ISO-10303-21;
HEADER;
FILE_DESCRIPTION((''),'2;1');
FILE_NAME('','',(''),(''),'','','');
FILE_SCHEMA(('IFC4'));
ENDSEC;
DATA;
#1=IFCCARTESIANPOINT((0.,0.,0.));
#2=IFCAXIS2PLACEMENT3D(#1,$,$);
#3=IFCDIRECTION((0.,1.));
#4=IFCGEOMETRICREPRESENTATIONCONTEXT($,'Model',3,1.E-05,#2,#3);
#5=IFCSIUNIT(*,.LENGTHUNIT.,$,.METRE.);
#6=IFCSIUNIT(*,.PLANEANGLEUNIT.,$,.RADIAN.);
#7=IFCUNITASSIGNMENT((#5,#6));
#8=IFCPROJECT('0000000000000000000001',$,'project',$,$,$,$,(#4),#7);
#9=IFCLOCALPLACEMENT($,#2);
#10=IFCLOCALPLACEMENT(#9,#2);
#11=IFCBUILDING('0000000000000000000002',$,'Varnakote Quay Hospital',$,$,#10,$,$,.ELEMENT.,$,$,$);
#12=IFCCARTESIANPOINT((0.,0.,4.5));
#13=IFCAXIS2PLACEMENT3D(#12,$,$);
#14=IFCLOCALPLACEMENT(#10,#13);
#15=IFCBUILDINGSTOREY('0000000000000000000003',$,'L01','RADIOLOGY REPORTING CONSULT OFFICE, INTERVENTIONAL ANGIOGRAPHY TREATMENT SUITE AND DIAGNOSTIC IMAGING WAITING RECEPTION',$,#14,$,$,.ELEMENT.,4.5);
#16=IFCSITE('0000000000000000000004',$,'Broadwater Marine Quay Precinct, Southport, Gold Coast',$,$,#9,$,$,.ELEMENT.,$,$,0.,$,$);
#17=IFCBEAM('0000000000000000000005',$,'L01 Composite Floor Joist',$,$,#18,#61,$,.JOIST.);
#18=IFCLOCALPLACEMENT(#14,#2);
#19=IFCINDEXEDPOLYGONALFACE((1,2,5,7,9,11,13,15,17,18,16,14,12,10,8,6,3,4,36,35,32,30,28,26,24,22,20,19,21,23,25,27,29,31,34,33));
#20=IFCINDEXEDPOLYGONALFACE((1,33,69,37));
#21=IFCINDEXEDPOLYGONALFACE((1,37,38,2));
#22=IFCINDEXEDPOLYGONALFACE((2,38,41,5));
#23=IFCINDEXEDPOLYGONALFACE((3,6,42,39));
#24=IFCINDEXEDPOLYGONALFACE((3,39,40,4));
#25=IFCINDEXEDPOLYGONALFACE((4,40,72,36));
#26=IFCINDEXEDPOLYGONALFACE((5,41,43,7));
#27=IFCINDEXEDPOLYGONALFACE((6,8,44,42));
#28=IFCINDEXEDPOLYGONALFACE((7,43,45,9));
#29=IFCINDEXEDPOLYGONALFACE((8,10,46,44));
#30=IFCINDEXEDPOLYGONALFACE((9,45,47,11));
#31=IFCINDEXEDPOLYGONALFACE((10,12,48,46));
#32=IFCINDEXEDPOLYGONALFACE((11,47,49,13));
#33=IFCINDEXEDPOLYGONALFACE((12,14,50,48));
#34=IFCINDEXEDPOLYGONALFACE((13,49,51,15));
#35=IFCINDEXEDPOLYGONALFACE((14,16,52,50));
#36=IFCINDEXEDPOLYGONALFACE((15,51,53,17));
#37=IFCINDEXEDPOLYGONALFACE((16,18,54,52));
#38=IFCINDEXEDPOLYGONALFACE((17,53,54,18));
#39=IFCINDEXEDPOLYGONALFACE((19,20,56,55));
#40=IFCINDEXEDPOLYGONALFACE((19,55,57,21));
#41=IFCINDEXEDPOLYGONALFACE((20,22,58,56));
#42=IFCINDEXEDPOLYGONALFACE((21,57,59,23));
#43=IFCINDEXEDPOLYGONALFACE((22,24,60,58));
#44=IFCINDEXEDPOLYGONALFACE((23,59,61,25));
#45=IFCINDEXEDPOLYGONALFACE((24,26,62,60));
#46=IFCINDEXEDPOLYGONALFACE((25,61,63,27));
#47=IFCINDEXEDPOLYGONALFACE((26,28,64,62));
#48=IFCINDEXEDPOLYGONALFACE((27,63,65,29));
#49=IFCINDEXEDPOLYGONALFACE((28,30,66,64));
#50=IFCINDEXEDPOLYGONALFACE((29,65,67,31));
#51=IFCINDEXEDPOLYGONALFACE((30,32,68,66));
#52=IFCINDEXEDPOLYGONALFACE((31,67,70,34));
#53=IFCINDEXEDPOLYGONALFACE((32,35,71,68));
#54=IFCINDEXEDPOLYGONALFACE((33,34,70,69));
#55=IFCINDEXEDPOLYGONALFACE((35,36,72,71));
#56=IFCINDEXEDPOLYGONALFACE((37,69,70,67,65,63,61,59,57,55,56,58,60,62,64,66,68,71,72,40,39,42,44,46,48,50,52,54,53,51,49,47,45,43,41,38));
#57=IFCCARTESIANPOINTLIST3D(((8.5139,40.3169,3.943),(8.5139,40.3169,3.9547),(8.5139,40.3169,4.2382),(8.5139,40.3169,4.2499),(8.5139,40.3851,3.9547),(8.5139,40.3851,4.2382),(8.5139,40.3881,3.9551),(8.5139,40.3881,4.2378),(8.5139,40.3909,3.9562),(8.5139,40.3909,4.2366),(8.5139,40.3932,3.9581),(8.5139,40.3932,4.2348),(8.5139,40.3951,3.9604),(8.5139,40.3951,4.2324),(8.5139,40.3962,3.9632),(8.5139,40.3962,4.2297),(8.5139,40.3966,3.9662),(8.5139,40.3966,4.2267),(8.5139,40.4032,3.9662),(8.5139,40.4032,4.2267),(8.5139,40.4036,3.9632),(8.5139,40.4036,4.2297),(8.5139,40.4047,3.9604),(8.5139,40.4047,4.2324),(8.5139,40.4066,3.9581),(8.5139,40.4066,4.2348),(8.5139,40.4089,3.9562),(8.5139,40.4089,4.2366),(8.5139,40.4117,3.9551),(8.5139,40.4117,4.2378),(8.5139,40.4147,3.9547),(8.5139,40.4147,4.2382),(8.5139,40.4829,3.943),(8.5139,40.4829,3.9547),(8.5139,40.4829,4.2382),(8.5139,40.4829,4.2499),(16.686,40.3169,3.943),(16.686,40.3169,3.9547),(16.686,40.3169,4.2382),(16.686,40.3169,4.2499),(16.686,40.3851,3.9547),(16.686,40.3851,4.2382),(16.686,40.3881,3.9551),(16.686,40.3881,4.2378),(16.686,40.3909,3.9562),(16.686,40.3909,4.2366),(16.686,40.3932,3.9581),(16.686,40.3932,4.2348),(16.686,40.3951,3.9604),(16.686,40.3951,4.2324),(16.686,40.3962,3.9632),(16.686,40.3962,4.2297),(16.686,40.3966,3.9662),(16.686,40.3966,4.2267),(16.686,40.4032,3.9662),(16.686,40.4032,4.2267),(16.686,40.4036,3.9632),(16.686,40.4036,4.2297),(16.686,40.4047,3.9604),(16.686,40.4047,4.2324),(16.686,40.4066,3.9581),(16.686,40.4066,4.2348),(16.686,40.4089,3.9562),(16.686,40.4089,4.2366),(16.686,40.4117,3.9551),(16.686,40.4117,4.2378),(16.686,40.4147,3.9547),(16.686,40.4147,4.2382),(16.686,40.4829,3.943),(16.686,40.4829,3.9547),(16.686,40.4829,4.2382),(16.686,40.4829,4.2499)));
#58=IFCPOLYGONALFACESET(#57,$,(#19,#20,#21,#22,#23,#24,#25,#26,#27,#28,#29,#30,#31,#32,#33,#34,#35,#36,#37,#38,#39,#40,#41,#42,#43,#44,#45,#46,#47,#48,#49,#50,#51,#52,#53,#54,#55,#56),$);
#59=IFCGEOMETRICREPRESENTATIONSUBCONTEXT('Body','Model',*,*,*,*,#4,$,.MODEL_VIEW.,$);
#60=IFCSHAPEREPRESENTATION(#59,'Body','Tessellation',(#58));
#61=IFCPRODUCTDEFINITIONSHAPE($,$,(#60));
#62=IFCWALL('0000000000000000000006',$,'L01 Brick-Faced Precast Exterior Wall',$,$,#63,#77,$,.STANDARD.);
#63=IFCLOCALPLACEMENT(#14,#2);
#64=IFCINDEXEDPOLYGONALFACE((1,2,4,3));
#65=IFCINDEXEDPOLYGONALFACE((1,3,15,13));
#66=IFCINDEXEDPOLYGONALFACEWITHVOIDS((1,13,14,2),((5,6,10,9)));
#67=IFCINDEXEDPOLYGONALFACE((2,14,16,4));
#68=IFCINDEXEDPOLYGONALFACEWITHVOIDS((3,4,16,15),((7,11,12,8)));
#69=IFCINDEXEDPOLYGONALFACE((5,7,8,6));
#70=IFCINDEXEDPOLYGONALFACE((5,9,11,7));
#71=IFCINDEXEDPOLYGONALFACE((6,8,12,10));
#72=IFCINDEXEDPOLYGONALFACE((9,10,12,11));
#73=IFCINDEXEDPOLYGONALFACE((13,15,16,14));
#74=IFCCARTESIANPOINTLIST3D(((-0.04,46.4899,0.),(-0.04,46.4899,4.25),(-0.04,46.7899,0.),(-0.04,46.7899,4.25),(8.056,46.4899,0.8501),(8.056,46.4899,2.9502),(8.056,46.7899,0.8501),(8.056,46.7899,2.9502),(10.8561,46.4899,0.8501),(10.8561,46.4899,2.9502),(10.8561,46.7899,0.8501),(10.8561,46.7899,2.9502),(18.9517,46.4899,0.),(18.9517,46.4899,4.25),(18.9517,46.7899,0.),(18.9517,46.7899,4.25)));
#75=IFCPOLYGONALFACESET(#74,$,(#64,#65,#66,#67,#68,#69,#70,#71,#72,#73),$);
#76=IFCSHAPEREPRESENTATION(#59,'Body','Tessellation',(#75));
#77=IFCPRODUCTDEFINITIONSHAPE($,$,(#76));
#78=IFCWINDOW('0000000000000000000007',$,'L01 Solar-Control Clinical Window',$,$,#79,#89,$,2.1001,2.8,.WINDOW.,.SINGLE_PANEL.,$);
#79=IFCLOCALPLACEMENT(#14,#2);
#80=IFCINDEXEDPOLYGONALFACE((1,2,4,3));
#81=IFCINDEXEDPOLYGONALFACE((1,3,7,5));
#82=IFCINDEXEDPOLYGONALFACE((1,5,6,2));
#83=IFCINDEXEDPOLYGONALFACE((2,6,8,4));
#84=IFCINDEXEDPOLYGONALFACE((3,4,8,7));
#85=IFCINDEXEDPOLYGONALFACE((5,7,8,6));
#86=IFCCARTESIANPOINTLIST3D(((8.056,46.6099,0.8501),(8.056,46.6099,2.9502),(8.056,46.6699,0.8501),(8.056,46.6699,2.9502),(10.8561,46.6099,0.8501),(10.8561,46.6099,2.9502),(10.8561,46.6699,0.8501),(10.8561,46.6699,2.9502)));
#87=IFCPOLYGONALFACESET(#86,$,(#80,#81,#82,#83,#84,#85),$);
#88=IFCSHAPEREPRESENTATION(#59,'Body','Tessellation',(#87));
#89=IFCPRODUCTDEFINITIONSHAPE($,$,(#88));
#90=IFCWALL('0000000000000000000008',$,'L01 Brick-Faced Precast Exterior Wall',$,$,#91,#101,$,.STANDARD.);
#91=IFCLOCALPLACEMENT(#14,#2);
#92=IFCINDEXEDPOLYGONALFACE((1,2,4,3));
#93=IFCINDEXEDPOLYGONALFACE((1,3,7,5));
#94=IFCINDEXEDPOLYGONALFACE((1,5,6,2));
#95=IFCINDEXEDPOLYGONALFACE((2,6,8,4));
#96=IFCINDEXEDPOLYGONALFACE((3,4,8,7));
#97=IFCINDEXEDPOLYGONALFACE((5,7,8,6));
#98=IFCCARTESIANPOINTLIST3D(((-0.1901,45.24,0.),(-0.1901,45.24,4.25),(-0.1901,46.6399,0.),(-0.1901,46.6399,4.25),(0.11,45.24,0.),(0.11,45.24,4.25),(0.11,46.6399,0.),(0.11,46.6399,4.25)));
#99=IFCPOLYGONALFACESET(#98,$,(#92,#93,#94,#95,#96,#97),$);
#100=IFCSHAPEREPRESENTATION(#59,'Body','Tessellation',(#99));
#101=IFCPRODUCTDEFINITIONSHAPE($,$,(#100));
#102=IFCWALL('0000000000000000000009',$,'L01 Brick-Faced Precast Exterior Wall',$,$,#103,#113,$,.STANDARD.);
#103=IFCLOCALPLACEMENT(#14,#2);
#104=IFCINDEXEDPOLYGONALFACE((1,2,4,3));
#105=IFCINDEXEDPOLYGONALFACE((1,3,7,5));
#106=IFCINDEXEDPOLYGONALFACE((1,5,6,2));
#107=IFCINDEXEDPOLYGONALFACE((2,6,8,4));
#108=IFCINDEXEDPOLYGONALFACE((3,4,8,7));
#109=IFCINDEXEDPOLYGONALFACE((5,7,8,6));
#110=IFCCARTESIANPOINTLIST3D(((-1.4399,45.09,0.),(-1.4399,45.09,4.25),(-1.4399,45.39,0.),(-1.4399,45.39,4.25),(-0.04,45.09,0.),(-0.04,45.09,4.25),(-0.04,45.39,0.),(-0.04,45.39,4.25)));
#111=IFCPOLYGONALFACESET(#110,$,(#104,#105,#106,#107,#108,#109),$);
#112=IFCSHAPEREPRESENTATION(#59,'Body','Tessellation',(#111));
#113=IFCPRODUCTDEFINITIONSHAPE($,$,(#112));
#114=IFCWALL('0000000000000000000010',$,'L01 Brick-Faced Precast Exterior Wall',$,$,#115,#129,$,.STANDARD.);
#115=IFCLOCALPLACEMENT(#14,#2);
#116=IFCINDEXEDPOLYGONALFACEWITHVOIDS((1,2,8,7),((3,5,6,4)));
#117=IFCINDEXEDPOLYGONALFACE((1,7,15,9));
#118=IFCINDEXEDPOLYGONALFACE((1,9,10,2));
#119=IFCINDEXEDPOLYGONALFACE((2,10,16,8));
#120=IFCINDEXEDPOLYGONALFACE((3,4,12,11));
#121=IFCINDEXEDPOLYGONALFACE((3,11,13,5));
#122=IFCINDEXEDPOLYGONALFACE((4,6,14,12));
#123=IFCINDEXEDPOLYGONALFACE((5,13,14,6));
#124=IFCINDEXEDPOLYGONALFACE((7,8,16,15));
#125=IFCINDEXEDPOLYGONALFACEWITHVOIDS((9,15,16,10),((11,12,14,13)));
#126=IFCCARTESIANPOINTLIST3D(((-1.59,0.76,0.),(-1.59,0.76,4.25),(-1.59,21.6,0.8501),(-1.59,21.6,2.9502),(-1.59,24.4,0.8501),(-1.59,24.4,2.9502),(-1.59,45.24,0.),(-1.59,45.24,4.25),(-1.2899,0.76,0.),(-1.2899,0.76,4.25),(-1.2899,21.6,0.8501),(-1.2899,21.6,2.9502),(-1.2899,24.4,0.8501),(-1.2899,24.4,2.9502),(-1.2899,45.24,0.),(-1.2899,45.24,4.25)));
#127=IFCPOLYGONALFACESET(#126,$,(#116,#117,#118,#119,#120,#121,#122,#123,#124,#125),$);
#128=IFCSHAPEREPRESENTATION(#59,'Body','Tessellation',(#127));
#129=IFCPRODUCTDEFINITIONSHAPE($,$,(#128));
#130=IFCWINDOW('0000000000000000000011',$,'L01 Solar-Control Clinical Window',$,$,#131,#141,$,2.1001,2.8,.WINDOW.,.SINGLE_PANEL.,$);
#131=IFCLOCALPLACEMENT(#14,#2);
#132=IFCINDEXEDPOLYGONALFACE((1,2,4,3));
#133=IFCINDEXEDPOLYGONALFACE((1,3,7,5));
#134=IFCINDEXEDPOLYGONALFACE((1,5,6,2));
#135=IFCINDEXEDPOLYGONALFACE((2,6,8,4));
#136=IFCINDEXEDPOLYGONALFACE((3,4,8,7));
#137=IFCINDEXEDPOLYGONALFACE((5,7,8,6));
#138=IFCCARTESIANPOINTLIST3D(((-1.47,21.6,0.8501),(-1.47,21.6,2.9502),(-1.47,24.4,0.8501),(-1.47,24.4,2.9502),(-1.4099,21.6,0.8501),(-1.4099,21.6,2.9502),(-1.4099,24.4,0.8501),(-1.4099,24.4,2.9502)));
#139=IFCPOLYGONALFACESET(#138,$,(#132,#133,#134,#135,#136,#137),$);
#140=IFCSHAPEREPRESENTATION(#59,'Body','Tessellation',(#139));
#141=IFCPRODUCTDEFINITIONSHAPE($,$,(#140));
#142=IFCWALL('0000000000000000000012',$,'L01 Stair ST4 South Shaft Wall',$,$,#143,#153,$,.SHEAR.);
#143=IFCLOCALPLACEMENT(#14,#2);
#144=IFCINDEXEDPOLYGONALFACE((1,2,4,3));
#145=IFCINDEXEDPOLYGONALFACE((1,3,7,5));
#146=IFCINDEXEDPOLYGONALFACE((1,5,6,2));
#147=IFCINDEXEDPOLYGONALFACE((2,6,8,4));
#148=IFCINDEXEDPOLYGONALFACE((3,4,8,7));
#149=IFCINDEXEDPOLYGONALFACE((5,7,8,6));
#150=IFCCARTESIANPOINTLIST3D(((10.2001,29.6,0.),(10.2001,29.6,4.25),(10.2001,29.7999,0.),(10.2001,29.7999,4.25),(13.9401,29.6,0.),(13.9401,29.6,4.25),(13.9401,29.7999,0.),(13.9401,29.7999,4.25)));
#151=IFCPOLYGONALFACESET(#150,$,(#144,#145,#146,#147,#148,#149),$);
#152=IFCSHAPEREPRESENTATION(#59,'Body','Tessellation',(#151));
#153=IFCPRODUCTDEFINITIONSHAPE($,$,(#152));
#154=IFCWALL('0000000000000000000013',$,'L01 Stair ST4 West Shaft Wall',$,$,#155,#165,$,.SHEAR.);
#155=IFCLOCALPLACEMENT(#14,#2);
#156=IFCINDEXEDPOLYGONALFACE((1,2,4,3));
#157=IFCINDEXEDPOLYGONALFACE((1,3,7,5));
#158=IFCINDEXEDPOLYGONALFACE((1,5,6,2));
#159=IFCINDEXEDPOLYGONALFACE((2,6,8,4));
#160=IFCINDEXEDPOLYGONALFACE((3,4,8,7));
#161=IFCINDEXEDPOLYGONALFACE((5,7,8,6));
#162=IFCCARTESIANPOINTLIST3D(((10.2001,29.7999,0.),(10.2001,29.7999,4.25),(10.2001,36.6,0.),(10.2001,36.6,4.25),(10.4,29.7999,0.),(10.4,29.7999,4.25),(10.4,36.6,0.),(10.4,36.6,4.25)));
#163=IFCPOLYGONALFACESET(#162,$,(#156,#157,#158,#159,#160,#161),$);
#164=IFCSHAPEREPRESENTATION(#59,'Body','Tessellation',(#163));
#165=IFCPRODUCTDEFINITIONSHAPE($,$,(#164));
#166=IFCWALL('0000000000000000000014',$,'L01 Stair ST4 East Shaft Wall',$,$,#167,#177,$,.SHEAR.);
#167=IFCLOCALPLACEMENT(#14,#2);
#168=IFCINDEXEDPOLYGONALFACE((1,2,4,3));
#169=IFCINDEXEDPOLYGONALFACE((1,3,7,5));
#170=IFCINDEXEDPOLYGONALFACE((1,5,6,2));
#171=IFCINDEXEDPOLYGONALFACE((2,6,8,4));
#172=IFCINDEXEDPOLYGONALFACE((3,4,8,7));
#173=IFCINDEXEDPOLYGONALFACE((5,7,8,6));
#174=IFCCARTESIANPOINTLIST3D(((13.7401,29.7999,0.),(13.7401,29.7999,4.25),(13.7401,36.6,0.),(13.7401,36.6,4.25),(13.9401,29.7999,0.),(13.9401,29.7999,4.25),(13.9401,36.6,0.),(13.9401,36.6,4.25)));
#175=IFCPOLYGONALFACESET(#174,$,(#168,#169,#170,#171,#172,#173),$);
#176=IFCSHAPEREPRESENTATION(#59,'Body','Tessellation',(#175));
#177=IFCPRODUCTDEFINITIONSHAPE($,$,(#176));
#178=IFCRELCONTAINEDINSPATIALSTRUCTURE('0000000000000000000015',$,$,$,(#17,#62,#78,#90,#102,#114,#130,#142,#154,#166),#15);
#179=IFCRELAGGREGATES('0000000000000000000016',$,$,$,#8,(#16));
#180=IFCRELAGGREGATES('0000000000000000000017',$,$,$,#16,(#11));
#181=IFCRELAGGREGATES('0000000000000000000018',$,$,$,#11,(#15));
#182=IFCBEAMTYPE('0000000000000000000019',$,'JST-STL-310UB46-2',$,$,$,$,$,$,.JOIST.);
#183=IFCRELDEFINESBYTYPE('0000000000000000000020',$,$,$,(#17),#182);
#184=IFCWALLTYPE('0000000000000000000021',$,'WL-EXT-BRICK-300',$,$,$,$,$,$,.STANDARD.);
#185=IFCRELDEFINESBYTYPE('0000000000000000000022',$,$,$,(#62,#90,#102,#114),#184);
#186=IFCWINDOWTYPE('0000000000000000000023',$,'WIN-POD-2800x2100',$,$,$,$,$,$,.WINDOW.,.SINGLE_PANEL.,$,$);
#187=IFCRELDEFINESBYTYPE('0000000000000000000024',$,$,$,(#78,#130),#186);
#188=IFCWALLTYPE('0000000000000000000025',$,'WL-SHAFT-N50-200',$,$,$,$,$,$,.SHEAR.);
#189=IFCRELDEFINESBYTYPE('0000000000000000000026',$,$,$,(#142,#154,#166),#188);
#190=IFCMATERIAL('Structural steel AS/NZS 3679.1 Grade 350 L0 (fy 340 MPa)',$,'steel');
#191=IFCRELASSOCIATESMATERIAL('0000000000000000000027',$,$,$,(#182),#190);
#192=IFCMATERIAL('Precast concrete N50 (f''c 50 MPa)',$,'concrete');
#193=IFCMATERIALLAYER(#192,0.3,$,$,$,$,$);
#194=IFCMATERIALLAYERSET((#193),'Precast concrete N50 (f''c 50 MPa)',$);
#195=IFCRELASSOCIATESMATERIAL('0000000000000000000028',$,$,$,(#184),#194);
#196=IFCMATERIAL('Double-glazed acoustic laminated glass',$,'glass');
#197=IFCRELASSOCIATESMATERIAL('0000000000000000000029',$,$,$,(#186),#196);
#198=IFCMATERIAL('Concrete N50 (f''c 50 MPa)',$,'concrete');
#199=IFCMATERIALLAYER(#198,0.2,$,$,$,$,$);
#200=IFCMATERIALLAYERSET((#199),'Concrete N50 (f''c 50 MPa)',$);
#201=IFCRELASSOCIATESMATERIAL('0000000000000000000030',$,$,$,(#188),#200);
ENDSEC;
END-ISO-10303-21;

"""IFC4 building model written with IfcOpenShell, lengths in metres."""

from ifc_helpers import new_model, si_unit, direction, frame, frame_2d, origin, origin_2d, place, context, subcontext, project, spatial, rectangle, i_section, extrude, material, layer, layer_set, material_profile, profile_set, type_object, element, fill, save


model = new_model("IFC4")

# Units and contexts
model_context = context("Model", 3, precision=1e-05, world=origin(), true_north=direction((0.0, 1.0)))
body_context = subcontext(model_context, "Body", "Model", "MODEL_VIEW")
ifc_project = project(units=[si_unit("LENGTHUNIT", "METRE"), si_unit("PLANEANGLEUNIT", "RADIAN")], contexts=[model_context])

# Site, building, storey
site_placement = place(None, origin())
site = spatial("IfcSite", under=ifc_project, at=site_placement, Name="Broadwater Marine Quay Precinct, Southport, Gold Coast", CompositionType="ELEMENT", RefElevation=0.0)
building_placement = place(site_placement, origin())
building = spatial("IfcBuilding", under=site, at=building_placement, Name="Varnakote Quay Hospital", CompositionType="ELEMENT")
storey_placement = place(building_placement, frame((0.0, 0.0, 4.5)))
storey = spatial("IfcBuildingStorey", under=building, at=storey_placement, Name="L01", Description="RADIOLOGY REPORTING CONSULT OFFICE, INTERVENTIONAL ANGIOGRAPHY TREATMENT SUITE AND DIAGNOSTIC IMAGING WAITING RECEPTION", CompositionType="ELEMENT", Elevation=4.5)

# Beam
ifc_material_1 = material(Name="Structural steel AS/NZS 3679.1 Grade 350 L0 (fy 340 MPa)", Category="steel")
ifc_material_profile_1 = material_profile(ifc_material_1, i_section(OverallWidth=0.166, OverallDepth=0.3069, WebThickness=0.0066, FlangeThickness=0.0117, FilletRadius=0.0115, at=origin_2d()), Name="310UB46.2")
ifc_profile_set_1 = profile_set([ifc_material_profile_1], Name="Structural steel AS/NZS 3679.1 Grade 350 L0 (fy 340 MPa)")
beam_type_1 = type_object("IfcBeamType", Name="JST-STL-310UB46-2", PredefinedType="JOIST", material=ifc_profile_set_1)
beam_1_placement = place(storey_placement, frame((8.5139, 40.3999, 4.0964), z_axis=(1.0, 0.0, 0.0), x_axis=(0.0, 1.0, 0.0)))
element("IfcBeam", 1, at=beam_1_placement, inside=storey, type_object=beam_type_1, Name="L01 Composite Floor Joist", PredefinedType="JOIST", context=body_context, shape_type="SweptSolid", body=[
    extrude(i_section(OverallWidth=0.166, OverallDepth=0.3069, WebThickness=0.0066, FlangeThickness=0.0117, FilletRadius=0.0115, at=origin_2d()), origin(), (0.0, 0.0, 1.0), 8.1721),
])

# Wall, opening, window
ifc_material_2 = material(Name="Precast concrete N50 (f'c 50 MPa)", Category="concrete")
ifc_layer_1 = layer(ifc_material_2, 0.3)
ifc_layer_set_1 = layer_set([ifc_layer_1], Name="Precast concrete N50 (f'c 50 MPa)")
wall_type_1 = type_object("IfcWallType", Name="WL-EXT-BRICK-300", PredefinedType="STANDARD", material=ifc_layer_set_1)
wall_1_placement = place(storey_placement, frame((18.9517, 46.6399, 0.0), z_axis=(0.0, 0.0, 1.0), x_axis=(-1.0, 0.0, 0.0)))
wall_1 = element("IfcWall", 2, at=wall_1_placement, inside=storey, type_object=wall_type_1, Name="L01 Brick-Faced Precast Exterior Wall", PredefinedType="STANDARD", context=body_context, shape_type="SweptSolid", body=[
    extrude(rectangle(XDim=18.9917, YDim=0.3, at=frame_2d((9.4958, 0.0))), origin(), (0.0, 0.0, 1.0), 4.25),
])
opening_1_placement = place(wall_1_placement, frame((8.0957, 0.0, 0.8501)))
opening_1 = element("IfcOpeningElement", 3, at=opening_1_placement, cuts=wall_1, PredefinedType="OPENING", context=body_context, shape_type="SweptSolid", body=[
    extrude(rectangle(XDim=2.8, YDim=2.1001, at=frame_2d((1.3999, 1.05))), frame((0.0, 0.1599, 0.0), z_axis=(0.0, -1.0, 0.0), x_axis=(1.0, 0.0, 0.0)), (0.0, 0.0, 1.0), 0.3201),
])
ifc_material_3 = material(Name="Double-glazed acoustic laminated glass", Category="glass")
window_type = type_object("IfcWindowType", Name="WIN-POD-2800x2100", PartitioningType="SINGLE_PANEL", PredefinedType="WINDOW", material=ifc_material_3)
window_1_placement = place(opening_1_placement, origin())
window_1 = element("IfcWindow", 4, at=window_1_placement, inside=storey, type_object=window_type, Name="L01 Solar-Control Clinical Window", OverallHeight=2.1001, OverallWidth=2.8, PartitioningType="SINGLE_PANEL", PredefinedType="WINDOW", context=body_context, shape_type="SweptSolid", body=[
    extrude(rectangle(XDim=2.8, YDim=2.1001, at=frame_2d((1.3999, 1.05))), frame((0.0, 0.03, 0.0), z_axis=(0.0, -1.0, 0.0), x_axis=(1.0, 0.0, 0.0)), (0.0, 0.0, 1.0), 0.0601),
])
fill(opening_1, window_1)

# Walls
for number, where, z_axis, x_axis, name in (
    (5, (-0.04, 46.6399, 0.0), (0.0, 0.0, 1.0), (0.0, -1.0, 0.0), "L01 Brick-Faced Precast Exterior Wall"),
    (6, (-0.04, 45.24, 0.0), (0.0, 0.0, 1.0), (-1.0, 0.0, 0.0), "L01 Brick-Faced Precast Exterior Wall"),
):
    element("IfcWall", number, at=place(storey_placement, frame(where, z_axis=z_axis, x_axis=x_axis)), inside=storey, type_object=wall_type_1, Name=name, PredefinedType="STANDARD", context=body_context, shape_type="SweptSolid", body=[
        extrude(rectangle(XDim=1.3999, YDim=0.3, at=frame_2d((0.7, 0.0))), origin(), (0.0, 0.0, 1.0), 4.25),
    ])

# Wall, opening, window
wall_2_placement = place(storey_placement, frame((-1.4399, 45.24, 0.0), z_axis=(0.0, 0.0, 1.0), x_axis=(0.0, -1.0, 0.0)))
wall_2 = element("IfcWall", 7, at=wall_2_placement, inside=storey, type_object=wall_type_1, Name="L01 Brick-Faced Precast Exterior Wall", PredefinedType="STANDARD", context=body_context, shape_type="SweptSolid", body=[
    extrude(rectangle(XDim=44.48, YDim=0.3, at=frame_2d((22.24, 0.0))), origin(), (0.0, 0.0, 1.0), 4.25),
])
opening_2_placement = place(wall_2_placement, frame((20.8401, 0.0, 0.8501)))
opening_2 = element("IfcOpeningElement", 8, at=opening_2_placement, cuts=wall_2, PredefinedType="OPENING", context=body_context, shape_type="SweptSolid", body=[
    extrude(rectangle(XDim=2.8, YDim=2.1001, at=frame_2d((1.3999, 1.05))), frame((0.0, 0.1599, 0.0), z_axis=(0.0, -1.0, 0.0), x_axis=(1.0, 0.0, 0.0)), (0.0, 0.0, 1.0), 0.3201),
])
window_2_placement = place(opening_2_placement, origin())
window_2 = element("IfcWindow", 9, at=window_2_placement, inside=storey, type_object=window_type, Name="L01 Solar-Control Clinical Window", OverallHeight=2.1001, OverallWidth=2.8, PartitioningType="SINGLE_PANEL", PredefinedType="WINDOW", context=body_context, shape_type="SweptSolid", body=[
    extrude(rectangle(XDim=2.8, YDim=2.1001, at=frame_2d((1.3999, 1.05))), frame((0.0, 0.03, 0.0), z_axis=(0.0, -1.0, 0.0), x_axis=(1.0, 0.0, 0.0)), (0.0, 0.0, 1.0), 0.0601),
])
fill(opening_2, window_2)

# Walls
ifc_material_4 = material(Name="Concrete N50 (f'c 50 MPa)", Category="concrete")
ifc_layer_2 = layer(ifc_material_4, 0.2)
ifc_layer_set_2 = layer_set([ifc_layer_2], Name="Concrete N50 (f'c 50 MPa)")
wall_type_2 = type_object("IfcWallType", Name="WL-SHAFT-N50-200", PredefinedType="SHEAR", material=ifc_layer_set_2)
wall_3_placement = place(storey_placement, frame((10.2, 29.7, 0.0), z_axis=(0.0, 0.0, 1.0), x_axis=(1.0, 0.0, 0.0)))
element("IfcWall", 10, at=wall_3_placement, inside=storey, type_object=wall_type_2, Name="L01 Stair ST4 South Shaft Wall", PredefinedType="SHEAR", context=body_context, shape_type="SweptSolid", body=[
    extrude(rectangle(XDim=3.74, YDim=0.2, at=frame_2d((1.8701, 0.0))), origin(), (0.0, 0.0, 1.0), 4.25),
])
for number, where, z_axis, x_axis, name in (
    (11, (10.3, 29.8, 0.0), (0.0, 0.0, 1.0), (0.0, 1.0, 0.0), "L01 Stair ST4 West Shaft Wall"),
    (12, (13.8401, 29.8, 0.0), (0.0, 0.0, 1.0), (0.0, 1.0, 0.0), "L01 Stair ST4 East Shaft Wall"),
):
    element("IfcWall", number, at=place(storey_placement, frame(where, z_axis=z_axis, x_axis=x_axis)), inside=storey, type_object=wall_type_2, Name=name, PredefinedType="SHEAR", context=body_context, shape_type="SweptSolid", body=[
        extrude(rectangle(XDim=6.8, YDim=0.2, at=frame_2d((3.3999, 0.0))), origin(), (0.0, 0.0, 1.0), 4.25),
    ])

save(model, "model.ifc")
